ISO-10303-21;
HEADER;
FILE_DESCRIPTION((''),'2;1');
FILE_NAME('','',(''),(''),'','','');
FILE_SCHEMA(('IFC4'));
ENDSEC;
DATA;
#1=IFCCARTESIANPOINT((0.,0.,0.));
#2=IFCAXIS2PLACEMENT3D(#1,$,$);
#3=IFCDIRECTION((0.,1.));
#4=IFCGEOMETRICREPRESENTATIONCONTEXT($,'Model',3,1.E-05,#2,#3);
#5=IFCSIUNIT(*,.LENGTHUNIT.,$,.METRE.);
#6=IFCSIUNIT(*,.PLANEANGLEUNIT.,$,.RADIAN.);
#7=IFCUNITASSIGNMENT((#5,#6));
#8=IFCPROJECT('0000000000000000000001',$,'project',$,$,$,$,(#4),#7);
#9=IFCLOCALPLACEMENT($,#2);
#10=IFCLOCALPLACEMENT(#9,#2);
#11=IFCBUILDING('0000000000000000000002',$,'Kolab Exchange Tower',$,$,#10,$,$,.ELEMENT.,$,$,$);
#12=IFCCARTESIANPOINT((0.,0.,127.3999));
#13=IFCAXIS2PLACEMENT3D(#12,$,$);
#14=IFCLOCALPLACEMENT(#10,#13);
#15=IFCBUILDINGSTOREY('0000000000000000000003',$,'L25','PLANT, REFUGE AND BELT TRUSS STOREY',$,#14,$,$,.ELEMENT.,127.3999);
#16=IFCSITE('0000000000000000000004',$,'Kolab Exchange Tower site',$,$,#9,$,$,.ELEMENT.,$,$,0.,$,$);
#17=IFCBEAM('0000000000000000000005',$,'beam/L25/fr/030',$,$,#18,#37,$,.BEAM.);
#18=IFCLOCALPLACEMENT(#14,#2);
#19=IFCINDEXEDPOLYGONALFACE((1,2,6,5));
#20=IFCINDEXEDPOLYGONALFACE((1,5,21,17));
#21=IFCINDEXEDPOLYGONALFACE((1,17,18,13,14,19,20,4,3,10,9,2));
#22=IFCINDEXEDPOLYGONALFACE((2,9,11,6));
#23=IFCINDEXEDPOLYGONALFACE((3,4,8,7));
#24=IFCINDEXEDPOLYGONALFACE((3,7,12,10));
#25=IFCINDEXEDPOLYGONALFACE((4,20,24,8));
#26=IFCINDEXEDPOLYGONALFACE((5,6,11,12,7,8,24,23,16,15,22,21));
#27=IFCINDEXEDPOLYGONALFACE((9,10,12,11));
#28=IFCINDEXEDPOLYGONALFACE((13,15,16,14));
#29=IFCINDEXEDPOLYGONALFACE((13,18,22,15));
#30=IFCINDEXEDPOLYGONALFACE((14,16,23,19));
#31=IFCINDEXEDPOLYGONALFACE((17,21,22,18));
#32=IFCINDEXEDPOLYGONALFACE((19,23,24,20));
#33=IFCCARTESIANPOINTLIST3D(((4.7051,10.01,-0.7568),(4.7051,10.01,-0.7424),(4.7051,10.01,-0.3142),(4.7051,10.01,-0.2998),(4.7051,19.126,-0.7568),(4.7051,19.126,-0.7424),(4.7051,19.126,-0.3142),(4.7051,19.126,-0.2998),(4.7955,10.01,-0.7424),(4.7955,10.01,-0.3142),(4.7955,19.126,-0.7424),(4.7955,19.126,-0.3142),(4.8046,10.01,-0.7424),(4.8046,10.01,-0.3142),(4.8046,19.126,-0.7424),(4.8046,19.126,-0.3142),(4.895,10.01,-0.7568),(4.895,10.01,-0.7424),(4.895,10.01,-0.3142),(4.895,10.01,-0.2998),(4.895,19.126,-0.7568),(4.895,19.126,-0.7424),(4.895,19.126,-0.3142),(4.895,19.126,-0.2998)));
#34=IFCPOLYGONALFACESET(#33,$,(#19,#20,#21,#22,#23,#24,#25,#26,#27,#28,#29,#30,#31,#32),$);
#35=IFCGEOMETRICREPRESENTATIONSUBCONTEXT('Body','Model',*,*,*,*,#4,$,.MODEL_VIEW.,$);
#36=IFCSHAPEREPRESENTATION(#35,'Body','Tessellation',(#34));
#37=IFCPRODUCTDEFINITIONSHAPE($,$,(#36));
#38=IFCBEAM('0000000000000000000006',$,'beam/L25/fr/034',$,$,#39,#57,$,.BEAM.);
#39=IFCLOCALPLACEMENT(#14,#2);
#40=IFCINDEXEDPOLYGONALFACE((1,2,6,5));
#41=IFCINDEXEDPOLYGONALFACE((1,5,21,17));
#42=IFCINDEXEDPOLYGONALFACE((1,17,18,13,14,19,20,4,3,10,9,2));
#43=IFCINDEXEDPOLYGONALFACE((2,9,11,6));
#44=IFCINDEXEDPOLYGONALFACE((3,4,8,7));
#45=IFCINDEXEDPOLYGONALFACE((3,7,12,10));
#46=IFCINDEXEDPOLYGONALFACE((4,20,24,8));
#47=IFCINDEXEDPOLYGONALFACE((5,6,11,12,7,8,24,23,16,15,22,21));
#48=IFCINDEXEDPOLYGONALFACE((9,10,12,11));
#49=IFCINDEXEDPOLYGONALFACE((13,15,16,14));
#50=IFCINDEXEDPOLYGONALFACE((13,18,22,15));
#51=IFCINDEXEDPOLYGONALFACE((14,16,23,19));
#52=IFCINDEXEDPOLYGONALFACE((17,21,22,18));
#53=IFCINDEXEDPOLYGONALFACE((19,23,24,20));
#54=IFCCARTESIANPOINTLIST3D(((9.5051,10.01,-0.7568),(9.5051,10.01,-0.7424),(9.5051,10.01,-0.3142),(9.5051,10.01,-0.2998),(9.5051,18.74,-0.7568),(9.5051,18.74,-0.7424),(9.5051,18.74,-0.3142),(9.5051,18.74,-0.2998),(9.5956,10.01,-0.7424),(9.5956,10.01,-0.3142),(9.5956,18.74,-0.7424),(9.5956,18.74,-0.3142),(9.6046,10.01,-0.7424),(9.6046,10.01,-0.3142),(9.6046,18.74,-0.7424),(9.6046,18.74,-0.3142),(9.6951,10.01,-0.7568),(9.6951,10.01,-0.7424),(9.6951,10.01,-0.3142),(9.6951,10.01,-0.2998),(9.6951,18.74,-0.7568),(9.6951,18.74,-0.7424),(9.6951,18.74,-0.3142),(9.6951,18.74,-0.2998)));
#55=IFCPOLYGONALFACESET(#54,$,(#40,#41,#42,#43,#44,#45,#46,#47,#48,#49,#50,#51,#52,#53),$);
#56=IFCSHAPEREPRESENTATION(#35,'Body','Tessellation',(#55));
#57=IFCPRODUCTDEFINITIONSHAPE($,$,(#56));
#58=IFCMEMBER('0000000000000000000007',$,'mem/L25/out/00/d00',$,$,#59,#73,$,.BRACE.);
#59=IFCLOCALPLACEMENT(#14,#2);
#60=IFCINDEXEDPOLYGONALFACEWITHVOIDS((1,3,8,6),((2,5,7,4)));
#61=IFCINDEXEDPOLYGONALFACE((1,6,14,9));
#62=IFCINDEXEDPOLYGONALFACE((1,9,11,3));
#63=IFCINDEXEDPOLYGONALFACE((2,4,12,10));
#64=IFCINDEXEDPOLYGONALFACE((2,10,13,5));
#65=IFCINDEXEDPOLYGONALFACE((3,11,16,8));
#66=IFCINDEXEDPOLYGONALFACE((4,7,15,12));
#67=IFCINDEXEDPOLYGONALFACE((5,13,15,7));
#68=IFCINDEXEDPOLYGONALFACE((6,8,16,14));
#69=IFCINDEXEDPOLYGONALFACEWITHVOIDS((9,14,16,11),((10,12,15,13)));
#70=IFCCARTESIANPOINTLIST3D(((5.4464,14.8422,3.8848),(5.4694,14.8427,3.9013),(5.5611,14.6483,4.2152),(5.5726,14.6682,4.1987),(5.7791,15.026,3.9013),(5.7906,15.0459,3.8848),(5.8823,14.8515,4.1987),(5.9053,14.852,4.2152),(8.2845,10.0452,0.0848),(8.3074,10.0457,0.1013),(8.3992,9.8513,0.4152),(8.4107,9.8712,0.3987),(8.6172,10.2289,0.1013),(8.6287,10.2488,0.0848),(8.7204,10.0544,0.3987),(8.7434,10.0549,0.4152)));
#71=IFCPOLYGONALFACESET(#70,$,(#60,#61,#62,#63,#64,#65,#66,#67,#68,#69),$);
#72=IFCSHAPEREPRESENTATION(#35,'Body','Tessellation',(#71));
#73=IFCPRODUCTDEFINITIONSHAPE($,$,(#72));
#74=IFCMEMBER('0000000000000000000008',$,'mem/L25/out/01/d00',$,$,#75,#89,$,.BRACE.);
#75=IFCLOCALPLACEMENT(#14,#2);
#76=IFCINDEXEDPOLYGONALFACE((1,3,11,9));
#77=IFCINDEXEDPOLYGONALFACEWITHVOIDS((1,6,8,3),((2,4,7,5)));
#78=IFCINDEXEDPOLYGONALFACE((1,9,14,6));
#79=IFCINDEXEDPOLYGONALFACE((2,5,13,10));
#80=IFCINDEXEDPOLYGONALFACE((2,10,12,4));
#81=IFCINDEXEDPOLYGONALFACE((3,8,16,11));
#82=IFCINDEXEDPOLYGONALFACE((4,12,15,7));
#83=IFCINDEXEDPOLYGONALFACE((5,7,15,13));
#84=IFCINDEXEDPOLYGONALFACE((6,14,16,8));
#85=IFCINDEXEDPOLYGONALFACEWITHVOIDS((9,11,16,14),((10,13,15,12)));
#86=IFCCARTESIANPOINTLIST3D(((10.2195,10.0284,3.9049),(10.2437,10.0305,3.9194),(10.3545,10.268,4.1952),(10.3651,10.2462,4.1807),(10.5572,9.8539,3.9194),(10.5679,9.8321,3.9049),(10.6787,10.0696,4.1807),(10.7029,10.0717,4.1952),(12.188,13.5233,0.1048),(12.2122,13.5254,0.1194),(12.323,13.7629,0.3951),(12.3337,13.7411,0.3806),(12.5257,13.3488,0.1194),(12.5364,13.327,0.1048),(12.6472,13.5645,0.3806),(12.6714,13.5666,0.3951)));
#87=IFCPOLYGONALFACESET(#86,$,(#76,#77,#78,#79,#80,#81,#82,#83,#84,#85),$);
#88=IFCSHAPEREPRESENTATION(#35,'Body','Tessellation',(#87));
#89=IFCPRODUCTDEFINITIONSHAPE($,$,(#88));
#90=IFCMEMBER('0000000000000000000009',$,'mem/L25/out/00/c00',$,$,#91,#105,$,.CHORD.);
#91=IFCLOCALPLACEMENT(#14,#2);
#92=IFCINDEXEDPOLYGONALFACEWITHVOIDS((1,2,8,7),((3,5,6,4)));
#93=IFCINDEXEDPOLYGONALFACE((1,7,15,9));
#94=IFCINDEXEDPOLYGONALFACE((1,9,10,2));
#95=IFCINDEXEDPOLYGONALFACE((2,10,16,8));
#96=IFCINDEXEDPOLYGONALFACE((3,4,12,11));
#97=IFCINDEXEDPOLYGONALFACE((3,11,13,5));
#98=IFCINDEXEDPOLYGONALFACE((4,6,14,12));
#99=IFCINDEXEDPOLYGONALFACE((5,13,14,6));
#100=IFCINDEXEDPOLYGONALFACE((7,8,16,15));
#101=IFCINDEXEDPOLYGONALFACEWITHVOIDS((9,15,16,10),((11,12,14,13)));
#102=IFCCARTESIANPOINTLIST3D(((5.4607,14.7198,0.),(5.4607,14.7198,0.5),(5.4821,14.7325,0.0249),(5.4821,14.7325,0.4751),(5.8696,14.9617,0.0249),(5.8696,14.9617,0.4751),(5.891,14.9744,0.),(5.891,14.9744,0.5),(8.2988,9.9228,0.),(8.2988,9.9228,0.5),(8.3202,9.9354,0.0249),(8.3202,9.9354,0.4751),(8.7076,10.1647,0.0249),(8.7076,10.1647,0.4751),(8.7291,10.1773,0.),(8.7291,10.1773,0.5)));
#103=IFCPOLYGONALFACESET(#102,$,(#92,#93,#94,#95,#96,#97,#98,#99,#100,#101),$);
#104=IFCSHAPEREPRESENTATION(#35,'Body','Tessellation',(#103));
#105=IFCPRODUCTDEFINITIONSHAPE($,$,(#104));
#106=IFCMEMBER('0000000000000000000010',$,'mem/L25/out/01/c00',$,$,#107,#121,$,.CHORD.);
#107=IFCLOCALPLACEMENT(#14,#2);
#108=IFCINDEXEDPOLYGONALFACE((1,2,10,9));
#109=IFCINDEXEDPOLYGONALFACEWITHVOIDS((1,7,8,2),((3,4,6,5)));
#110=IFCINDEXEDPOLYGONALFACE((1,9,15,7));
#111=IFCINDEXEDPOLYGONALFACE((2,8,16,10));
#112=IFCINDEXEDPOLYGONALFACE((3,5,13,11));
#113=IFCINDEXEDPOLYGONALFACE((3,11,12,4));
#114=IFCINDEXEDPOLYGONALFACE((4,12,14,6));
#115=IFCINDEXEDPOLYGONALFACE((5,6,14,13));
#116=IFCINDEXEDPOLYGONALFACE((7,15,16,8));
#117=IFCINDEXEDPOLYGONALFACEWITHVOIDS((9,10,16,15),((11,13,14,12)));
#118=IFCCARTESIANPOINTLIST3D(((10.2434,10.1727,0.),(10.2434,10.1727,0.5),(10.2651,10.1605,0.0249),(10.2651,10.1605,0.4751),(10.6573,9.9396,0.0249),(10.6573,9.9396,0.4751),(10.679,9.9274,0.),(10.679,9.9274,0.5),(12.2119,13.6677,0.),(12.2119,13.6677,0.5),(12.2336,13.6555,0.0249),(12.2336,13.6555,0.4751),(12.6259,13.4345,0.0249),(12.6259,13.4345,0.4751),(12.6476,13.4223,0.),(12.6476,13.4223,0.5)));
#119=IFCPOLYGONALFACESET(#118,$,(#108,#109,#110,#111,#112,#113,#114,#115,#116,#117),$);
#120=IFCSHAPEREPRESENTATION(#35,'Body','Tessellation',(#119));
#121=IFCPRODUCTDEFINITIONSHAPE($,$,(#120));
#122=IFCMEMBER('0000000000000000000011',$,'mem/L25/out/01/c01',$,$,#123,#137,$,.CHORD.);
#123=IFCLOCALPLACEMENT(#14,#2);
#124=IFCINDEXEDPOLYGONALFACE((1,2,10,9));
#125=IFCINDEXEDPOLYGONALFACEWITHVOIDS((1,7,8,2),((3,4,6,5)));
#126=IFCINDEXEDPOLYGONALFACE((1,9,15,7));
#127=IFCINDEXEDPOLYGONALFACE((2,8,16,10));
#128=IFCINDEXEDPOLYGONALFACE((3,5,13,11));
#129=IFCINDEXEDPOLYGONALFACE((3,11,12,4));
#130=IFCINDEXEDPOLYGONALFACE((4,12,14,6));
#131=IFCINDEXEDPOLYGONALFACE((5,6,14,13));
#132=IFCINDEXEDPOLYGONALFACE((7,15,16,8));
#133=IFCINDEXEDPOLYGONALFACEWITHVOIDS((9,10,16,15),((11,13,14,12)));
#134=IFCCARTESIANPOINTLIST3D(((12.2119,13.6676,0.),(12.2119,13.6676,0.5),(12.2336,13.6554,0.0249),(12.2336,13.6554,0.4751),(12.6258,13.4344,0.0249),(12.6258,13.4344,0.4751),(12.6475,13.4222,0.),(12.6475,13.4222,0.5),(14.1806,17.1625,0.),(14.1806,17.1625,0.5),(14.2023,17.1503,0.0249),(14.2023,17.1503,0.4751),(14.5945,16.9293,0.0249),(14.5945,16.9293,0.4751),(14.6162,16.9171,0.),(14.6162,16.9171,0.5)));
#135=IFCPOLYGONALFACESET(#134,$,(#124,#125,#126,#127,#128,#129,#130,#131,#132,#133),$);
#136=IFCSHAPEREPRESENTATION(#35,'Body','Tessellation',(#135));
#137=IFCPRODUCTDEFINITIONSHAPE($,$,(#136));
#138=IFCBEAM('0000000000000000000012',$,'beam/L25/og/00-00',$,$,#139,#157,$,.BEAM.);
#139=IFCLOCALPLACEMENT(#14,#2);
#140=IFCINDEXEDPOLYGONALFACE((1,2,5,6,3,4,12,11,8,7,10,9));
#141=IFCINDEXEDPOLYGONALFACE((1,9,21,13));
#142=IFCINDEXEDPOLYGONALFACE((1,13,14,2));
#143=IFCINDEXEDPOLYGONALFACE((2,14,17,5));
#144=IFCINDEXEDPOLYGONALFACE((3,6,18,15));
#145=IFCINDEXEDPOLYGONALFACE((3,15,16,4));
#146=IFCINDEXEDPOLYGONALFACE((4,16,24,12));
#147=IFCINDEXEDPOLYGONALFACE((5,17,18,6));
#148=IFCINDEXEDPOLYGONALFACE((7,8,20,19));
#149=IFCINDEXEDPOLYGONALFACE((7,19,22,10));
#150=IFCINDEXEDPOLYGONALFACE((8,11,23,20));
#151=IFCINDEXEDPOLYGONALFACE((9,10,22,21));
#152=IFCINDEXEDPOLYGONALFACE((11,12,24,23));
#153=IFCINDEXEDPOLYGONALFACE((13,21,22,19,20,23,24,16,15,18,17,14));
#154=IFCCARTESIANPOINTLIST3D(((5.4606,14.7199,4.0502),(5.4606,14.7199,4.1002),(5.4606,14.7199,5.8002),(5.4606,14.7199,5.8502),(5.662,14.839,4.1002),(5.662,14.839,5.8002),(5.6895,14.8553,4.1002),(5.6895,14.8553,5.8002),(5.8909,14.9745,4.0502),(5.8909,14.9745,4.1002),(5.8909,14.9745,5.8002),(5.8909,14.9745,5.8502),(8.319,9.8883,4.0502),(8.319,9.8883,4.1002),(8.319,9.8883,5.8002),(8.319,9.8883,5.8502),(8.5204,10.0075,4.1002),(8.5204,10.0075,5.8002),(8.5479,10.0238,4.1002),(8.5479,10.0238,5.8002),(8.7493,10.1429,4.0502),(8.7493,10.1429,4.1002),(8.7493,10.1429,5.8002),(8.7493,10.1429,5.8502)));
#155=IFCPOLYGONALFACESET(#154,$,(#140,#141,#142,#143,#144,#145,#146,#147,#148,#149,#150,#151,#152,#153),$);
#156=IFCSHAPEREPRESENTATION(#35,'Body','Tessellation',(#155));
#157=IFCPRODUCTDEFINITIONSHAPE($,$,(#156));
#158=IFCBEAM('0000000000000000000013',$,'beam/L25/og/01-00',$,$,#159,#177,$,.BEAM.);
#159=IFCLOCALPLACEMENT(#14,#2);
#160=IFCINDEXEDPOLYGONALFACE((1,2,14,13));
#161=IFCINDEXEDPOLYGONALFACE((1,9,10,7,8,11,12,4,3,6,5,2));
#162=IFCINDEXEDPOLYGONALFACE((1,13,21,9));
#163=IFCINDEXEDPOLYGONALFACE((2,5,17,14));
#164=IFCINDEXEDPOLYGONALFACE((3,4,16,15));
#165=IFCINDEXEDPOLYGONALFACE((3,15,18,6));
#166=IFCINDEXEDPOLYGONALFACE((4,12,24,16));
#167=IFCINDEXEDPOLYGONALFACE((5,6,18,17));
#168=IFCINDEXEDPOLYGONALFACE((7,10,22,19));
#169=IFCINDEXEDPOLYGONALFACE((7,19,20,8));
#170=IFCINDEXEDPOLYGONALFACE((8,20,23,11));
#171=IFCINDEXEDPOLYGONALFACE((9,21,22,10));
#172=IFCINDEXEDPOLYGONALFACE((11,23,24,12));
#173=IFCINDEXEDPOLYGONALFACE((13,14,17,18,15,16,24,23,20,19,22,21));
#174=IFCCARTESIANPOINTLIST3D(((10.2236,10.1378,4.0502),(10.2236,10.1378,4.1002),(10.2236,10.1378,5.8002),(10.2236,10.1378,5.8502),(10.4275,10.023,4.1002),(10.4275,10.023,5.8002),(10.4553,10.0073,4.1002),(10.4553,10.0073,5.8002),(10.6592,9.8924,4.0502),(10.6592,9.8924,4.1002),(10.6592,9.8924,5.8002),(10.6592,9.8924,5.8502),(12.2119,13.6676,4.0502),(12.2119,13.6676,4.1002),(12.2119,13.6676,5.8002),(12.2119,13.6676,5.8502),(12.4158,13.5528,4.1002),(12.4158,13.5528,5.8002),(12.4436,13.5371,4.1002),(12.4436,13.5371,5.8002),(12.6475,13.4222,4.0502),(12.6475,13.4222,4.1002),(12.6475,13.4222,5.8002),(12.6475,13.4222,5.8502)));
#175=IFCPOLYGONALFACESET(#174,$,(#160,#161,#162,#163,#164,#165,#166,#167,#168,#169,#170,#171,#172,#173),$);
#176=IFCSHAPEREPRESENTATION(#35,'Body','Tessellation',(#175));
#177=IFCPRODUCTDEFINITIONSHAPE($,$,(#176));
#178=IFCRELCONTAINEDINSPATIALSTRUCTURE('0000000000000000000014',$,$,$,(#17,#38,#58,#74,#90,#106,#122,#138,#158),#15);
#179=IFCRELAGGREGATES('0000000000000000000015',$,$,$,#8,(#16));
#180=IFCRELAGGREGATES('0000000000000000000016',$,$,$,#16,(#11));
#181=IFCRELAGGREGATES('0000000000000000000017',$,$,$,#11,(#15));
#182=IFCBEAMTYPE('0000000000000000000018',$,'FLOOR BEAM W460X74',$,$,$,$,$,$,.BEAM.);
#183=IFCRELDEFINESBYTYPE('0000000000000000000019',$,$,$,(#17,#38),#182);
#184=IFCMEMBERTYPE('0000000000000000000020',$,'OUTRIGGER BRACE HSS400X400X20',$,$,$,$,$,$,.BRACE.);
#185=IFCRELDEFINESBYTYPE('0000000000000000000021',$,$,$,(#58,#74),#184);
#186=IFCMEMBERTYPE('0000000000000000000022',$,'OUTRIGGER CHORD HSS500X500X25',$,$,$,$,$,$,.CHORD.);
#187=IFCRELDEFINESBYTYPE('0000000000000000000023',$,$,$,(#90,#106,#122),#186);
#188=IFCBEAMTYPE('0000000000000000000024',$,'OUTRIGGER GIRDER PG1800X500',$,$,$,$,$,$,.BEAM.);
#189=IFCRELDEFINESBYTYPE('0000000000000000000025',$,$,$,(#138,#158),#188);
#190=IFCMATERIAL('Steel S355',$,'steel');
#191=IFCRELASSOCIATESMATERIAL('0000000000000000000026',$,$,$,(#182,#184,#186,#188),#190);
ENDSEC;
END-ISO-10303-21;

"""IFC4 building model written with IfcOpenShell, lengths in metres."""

from ifc_helpers import new_model, si_unit, direction, frame, origin, origin_2d, place, context, subcontext, project, spatial, hollow_rectangle, i_section, extrude, material, material_profile, profile_set, type_object, element, save


model = new_model("IFC4")

# Units and contexts
model_context = context("Model", 3, precision=1e-05, world=origin(), true_north=direction((0.0, 1.0)))
body_context = subcontext(model_context, "Body", "Model", "MODEL_VIEW")
ifc_project = project(units=[si_unit("LENGTHUNIT", "METRE"), si_unit("PLANEANGLEUNIT", "RADIAN")], contexts=[model_context])

# Site, building, storey
site_placement = place(None, origin())
site = spatial("IfcSite", under=ifc_project, at=site_placement, Name="Kolab Exchange Tower site", CompositionType="ELEMENT", RefElevation=0.0)
building_placement = place(site_placement, origin())
building = spatial("IfcBuilding", under=site, at=building_placement, Name="Kolab Exchange Tower", CompositionType="ELEMENT")
storey_placement = place(building_placement, frame((0.0, 0.0, 127.3999)))
storey = spatial("IfcBuildingStorey", under=building, at=storey_placement, Name="L25", Description="PLANT, REFUGE AND BELT TRUSS STOREY", CompositionType="ELEMENT", Elevation=127.3999)

# Beams
ifc_material_1 = material(Name="Steel S355", Category="steel")
ifc_material_profile_1 = material_profile(ifc_material_1, i_section(OverallWidth=0.1899, OverallDepth=0.457, WebThickness=0.009, FlangeThickness=0.0144, at=origin_2d()), Name="W460X74")
ifc_profile_set_1 = profile_set([ifc_material_profile_1], Name="Steel S355")
beam_type_1 = type_object("IfcBeamType", Name="FLOOR BEAM W460X74", PredefinedType="BEAM", material=ifc_profile_set_1)
beam_1_placement = place(storey_placement, frame((4.8, 10.01, -0.5283), z_axis=(0.0, 1.0, 0.0), x_axis=(-1.0, 0.0, 0.0)))
element("IfcBeam", 1, at=beam_1_placement, inside=storey, type_object=beam_type_1, Name="beam/L25/fr/030", PredefinedType="BEAM", context=body_context, shape_type="SweptSolid", body=[
    extrude(i_section(OverallWidth=0.1899, OverallDepth=0.457, WebThickness=0.009, FlangeThickness=0.0144, at=origin_2d()), origin(), (0.0, 0.0, 1.0), 9.116),
])
beam_2_placement = place(storey_placement, frame((9.6001, 10.01, -0.5283), z_axis=(0.0, 1.0, 0.0), x_axis=(-1.0, 0.0, 0.0)))
element("IfcBeam", 2, at=beam_2_placement, inside=storey, type_object=beam_type_1, Name="beam/L25/fr/034", PredefinedType="BEAM", context=body_context, shape_type="SweptSolid", body=[
    extrude(i_section(OverallWidth=0.1899, OverallDepth=0.457, WebThickness=0.009, FlangeThickness=0.0144, at=origin_2d()), origin(), (0.0, 0.0, 1.0), 8.73),
])

# Members
ifc_material_profile_2 = material_profile(ifc_material_1, hollow_rectangle(XDim=0.3999, YDim=0.3999, WallThickness=0.02, at=origin_2d()), Name="HSS400X400X20")
ifc_profile_set_2 = profile_set([ifc_material_profile_2], Name="Steel S355")
member_type_1 = type_object("IfcMemberType", Name="OUTRIGGER BRACE HSS400X400X20", PredefinedType="BRACE", material=ifc_profile_set_2)
member_1_placement = place(storey_placement, frame((8.5139, 10.05, 0.25), z_axis=(-0.420717, 0.711112, 0.563309), x_axis=(-0.860653, -0.509191, 0.0)))
element("IfcMember", 3, at=member_1_placement, inside=storey, type_object=member_type_1, Name="mem/L25/out/00/d00", PredefinedType="BRACE", context=body_context, shape_type="SweptSolid", body=[
    extrude(hollow_rectangle(XDim=0.3999, YDim=0.3999, WallThickness=0.02, at=origin_2d()), origin(), (0.0, 0.0, 1.0), 6.7458),
])
member_2_placement = place(storey_placement, frame((10.4612, 10.05, 4.05), z_axis=(0.356268, 0.632516, -0.687748), x_axis=(-0.871294, 0.490761, 0.0)))
element("IfcMember", 4, at=member_2_placement, inside=storey, type_object=member_type_1, Name="mem/L25/out/01/d00", PredefinedType="BRACE", context=body_context, shape_type="SweptSolid", body=[
    extrude(hollow_rectangle(XDim=0.3999, YDim=0.3999, WallThickness=0.02, at=origin_2d()), origin(), (0.0, 0.0, 1.0), 5.5254),
])
ifc_material_profile_3 = material_profile(ifc_material_1, hollow_rectangle(XDim=0.5, YDim=0.5, WallThickness=0.0249, at=origin_2d()), Name="HSS500X500X25")
ifc_profile_set_3 = profile_set([ifc_material_profile_3], Name="Steel S355")
member_type_2 = type_object("IfcMemberType", Name="OUTRIGGER CHORD HSS500X500X25", PredefinedType="CHORD", material=ifc_profile_set_3)
member_3_placement = place(storey_placement, frame((8.5139, 10.05, 0.25), z_axis=(-0.509191, 0.860653, 0.0), x_axis=(-0.860653, -0.509191, 0.0)))
element("IfcMember", 5, at=member_3_placement, inside=storey, type_object=member_type_2, Name="mem/L25/out/00/c00", PredefinedType="CHORD", context=body_context, shape_type="SweptSolid", body=[
    extrude(hollow_rectangle(XDim=0.5, YDim=0.5, WallThickness=0.0249, at=origin_2d()), origin(), (0.0, 0.0, 1.0), 5.5737),
])
for number, where, z_axis, x_axis, name in (
    (6, (10.4612, 10.05, 0.25), (0.490761, 0.871294, 0.0), (-0.871294, 0.490761, 0.0), "mem/L25/out/01/c00"),
    (7, (12.4297, 13.5449, 0.25), (0.490807, 0.871268, 0.0), (-0.871268, 0.490807, 0.0), "mem/L25/out/01/c01"),
):
    element("IfcMember", number, at=place(storey_placement, frame(where, z_axis=z_axis, x_axis=x_axis)), inside=storey, type_object=member_type_2, Name=name, PredefinedType="CHORD", context=body_context, shape_type="SweptSolid", body=[
        extrude(hollow_rectangle(XDim=0.5, YDim=0.5, WallThickness=0.0249, at=origin_2d()), origin(), (0.0, 0.0, 1.0), 4.0112),
    ])

# Beams
ifc_material_profile_4 = material_profile(ifc_material_1, i_section(OverallWidth=0.5, OverallDepth=1.8, WebThickness=0.032, FlangeThickness=0.05, at=origin_2d()), Name="PG1800X500")
ifc_profile_set_4 = profile_set([ifc_material_profile_4], Name="Steel S355")
beam_type_2 = type_object("IfcBeamType", Name="OUTRIGGER GIRDER PG1800X500", PredefinedType="BEAM", material=ifc_profile_set_4)
beam_3_placement = place(storey_placement, frame((8.5342, 10.0156, 4.9502), z_axis=(-0.509178, 0.860661, 0.0), x_axis=(-0.860661, -0.509178, 0.0)))
element("IfcBeam", 8, at=beam_3_placement, inside=storey, type_object=beam_type_2, Name="beam/L25/og/00-00", PredefinedType="BEAM", context=body_context, shape_type="SweptSolid", body=[
    extrude(i_section(OverallWidth=0.5, OverallDepth=1.8, WebThickness=0.032, FlangeThickness=0.05, at=origin_2d()), origin(), (0.0, 0.0, 1.0), 5.6138),
])
beam_4_placement = place(storey_placement, frame((10.4414, 10.0151, 4.9502), z_axis=(0.490782, 0.871282, 0.0), x_axis=(-0.871282, 0.490782, 0.0)))
element("IfcBeam", 9, at=beam_4_placement, inside=storey, type_object=beam_type_2, Name="beam/L25/og/01-00", PredefinedType="BEAM", context=body_context, shape_type="SweptSolid", body=[
    extrude(i_section(OverallWidth=0.5, OverallDepth=1.8, WebThickness=0.032, FlangeThickness=0.05, at=origin_2d()), origin(), (0.0, 0.0, 1.0), 4.0513),
])

save(model, "model.ifc")
